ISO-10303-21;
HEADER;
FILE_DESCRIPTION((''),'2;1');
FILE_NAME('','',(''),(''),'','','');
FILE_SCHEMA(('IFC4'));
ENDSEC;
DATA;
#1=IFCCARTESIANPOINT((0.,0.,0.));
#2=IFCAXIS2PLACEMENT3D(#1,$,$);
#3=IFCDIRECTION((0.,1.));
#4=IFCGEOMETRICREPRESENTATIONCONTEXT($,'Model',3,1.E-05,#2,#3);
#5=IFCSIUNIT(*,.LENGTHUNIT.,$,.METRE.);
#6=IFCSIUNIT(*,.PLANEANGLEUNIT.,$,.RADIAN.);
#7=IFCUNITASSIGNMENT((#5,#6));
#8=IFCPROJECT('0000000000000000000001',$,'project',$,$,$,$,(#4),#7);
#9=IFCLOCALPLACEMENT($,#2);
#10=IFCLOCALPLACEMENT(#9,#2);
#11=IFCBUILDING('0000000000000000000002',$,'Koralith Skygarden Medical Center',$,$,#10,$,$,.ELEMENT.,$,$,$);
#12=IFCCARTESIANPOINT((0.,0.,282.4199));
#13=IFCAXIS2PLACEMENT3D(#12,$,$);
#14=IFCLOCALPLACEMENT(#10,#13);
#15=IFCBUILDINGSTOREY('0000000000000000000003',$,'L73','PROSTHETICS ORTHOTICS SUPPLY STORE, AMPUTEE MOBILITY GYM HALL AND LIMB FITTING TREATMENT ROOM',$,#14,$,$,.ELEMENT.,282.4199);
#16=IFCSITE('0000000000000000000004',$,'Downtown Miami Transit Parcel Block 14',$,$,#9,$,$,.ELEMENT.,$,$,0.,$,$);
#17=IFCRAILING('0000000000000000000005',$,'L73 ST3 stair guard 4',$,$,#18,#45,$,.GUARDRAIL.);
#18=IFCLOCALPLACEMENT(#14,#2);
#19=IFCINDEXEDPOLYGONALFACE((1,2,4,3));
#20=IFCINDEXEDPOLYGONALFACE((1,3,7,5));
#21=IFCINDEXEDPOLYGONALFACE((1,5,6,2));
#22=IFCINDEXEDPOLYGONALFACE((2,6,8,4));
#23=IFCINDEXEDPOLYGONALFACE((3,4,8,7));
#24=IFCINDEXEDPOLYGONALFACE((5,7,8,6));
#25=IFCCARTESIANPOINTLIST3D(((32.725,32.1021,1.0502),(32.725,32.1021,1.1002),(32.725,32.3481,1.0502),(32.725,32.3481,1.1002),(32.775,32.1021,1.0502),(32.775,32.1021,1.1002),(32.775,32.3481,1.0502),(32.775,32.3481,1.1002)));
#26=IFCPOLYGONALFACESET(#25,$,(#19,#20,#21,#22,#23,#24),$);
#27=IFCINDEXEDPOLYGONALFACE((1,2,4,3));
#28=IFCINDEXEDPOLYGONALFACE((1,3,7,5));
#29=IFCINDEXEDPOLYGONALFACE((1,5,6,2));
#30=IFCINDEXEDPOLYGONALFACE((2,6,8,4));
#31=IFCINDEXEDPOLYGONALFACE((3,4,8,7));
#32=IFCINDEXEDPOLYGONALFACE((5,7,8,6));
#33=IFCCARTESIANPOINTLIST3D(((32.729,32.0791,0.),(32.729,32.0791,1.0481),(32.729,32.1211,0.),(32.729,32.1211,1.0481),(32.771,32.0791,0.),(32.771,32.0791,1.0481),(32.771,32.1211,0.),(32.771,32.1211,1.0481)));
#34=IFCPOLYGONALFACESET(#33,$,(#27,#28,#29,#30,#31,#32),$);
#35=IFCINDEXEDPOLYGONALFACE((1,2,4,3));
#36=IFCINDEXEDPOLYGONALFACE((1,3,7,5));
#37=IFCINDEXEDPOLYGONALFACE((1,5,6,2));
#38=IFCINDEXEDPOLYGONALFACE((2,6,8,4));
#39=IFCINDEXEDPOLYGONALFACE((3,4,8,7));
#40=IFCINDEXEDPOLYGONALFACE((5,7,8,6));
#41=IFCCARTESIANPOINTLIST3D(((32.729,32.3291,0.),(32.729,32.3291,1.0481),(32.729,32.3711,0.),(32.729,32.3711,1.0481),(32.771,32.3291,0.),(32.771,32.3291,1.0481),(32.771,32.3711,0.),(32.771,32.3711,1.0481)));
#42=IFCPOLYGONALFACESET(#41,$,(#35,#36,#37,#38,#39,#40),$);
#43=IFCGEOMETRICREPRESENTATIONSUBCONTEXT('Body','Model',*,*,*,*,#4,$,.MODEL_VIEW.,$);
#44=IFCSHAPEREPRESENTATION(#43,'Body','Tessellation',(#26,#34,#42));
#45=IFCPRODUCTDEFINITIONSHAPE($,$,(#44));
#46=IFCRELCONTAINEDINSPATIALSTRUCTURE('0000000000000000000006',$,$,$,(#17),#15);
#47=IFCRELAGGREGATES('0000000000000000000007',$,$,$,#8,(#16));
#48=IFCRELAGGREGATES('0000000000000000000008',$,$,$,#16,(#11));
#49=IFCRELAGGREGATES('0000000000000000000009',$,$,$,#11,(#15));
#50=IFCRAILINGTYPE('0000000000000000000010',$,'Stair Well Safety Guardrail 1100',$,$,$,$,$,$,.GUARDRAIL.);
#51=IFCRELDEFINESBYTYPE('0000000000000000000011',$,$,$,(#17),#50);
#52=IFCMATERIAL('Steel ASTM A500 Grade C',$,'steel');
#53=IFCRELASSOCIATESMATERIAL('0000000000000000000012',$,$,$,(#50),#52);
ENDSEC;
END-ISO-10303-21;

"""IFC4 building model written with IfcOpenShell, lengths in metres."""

from ifc_helpers import new_model, si_unit, direction, frame, origin, origin_2d, place, context, subcontext, project, spatial, rectangle, extrude, material, type_object, element, save


model = new_model("IFC4")

# Units and contexts
model_context = context("Model", 3, precision=1e-05, world=origin(), true_north=direction((0.0, 1.0)))
body_context = subcontext(model_context, "Body", "Model", "MODEL_VIEW")
ifc_project = project(units=[si_unit("LENGTHUNIT", "METRE"), si_unit("PLANEANGLEUNIT", "RADIAN")], contexts=[model_context])

# Site, building, storey
site_placement = place(None, origin())
site = spatial("IfcSite", under=ifc_project, at=site_placement, Name="Downtown Miami Transit Parcel Block 14", CompositionType="ELEMENT", RefElevation=0.0)
building_placement = place(site_placement, origin())
building = spatial("IfcBuilding", under=site, at=building_placement, Name="Koralith Skygarden Medical Center", CompositionType="ELEMENT")
storey_placement = place(building_placement, frame((0.0, 0.0, 282.4199)))
storey = spatial("IfcBuildingStorey", under=building, at=storey_placement, Name="L73", Description="PROSTHETICS ORTHOTICS SUPPLY STORE, AMPUTEE MOBILITY GYM HALL AND LIMB FITTING TREATMENT ROOM", CompositionType="ELEMENT", Elevation=282.4199)

# Railing
ifc_material_1 = material(Name="Steel ASTM A500 Grade C", Category="steel")
railing_type_1 = type_object("IfcRailingType", Name="Stair Well Safety Guardrail 1100", PredefinedType="GUARDRAIL", material=ifc_material_1)
railing_1_placement = place(storey_placement, frame((32.75, 32.1001, 0.0)))
element("IfcRailing", 1, at=railing_1_placement, inside=storey, type_object=railing_type_1, Name="L73 ST3 stair guard 4", PredefinedType="GUARDRAIL", context=body_context, shape_type="SweptSolid", body=[
    extrude(rectangle(XDim=0.05, YDim=0.05, at=origin_2d()), frame((0.0, 0.002, 1.0752), z_axis=(0.0, 1.0, 0.0), x_axis=(-1.0, 0.0, 0.0)), (0.0, 0.0, 1.0), 0.2461),
    extrude(rectangle(XDim=0.042, YDim=0.042, at=origin_2d()), origin(), (0.0, 0.0, 1.0), 1.0481),
    extrude(rectangle(XDim=0.042, YDim=0.042, at=origin_2d()), frame((0.0, 0.25, 0.0)), (0.0, 0.0, 1.0), 1.0481),
])

save(model, "model.ifc")
